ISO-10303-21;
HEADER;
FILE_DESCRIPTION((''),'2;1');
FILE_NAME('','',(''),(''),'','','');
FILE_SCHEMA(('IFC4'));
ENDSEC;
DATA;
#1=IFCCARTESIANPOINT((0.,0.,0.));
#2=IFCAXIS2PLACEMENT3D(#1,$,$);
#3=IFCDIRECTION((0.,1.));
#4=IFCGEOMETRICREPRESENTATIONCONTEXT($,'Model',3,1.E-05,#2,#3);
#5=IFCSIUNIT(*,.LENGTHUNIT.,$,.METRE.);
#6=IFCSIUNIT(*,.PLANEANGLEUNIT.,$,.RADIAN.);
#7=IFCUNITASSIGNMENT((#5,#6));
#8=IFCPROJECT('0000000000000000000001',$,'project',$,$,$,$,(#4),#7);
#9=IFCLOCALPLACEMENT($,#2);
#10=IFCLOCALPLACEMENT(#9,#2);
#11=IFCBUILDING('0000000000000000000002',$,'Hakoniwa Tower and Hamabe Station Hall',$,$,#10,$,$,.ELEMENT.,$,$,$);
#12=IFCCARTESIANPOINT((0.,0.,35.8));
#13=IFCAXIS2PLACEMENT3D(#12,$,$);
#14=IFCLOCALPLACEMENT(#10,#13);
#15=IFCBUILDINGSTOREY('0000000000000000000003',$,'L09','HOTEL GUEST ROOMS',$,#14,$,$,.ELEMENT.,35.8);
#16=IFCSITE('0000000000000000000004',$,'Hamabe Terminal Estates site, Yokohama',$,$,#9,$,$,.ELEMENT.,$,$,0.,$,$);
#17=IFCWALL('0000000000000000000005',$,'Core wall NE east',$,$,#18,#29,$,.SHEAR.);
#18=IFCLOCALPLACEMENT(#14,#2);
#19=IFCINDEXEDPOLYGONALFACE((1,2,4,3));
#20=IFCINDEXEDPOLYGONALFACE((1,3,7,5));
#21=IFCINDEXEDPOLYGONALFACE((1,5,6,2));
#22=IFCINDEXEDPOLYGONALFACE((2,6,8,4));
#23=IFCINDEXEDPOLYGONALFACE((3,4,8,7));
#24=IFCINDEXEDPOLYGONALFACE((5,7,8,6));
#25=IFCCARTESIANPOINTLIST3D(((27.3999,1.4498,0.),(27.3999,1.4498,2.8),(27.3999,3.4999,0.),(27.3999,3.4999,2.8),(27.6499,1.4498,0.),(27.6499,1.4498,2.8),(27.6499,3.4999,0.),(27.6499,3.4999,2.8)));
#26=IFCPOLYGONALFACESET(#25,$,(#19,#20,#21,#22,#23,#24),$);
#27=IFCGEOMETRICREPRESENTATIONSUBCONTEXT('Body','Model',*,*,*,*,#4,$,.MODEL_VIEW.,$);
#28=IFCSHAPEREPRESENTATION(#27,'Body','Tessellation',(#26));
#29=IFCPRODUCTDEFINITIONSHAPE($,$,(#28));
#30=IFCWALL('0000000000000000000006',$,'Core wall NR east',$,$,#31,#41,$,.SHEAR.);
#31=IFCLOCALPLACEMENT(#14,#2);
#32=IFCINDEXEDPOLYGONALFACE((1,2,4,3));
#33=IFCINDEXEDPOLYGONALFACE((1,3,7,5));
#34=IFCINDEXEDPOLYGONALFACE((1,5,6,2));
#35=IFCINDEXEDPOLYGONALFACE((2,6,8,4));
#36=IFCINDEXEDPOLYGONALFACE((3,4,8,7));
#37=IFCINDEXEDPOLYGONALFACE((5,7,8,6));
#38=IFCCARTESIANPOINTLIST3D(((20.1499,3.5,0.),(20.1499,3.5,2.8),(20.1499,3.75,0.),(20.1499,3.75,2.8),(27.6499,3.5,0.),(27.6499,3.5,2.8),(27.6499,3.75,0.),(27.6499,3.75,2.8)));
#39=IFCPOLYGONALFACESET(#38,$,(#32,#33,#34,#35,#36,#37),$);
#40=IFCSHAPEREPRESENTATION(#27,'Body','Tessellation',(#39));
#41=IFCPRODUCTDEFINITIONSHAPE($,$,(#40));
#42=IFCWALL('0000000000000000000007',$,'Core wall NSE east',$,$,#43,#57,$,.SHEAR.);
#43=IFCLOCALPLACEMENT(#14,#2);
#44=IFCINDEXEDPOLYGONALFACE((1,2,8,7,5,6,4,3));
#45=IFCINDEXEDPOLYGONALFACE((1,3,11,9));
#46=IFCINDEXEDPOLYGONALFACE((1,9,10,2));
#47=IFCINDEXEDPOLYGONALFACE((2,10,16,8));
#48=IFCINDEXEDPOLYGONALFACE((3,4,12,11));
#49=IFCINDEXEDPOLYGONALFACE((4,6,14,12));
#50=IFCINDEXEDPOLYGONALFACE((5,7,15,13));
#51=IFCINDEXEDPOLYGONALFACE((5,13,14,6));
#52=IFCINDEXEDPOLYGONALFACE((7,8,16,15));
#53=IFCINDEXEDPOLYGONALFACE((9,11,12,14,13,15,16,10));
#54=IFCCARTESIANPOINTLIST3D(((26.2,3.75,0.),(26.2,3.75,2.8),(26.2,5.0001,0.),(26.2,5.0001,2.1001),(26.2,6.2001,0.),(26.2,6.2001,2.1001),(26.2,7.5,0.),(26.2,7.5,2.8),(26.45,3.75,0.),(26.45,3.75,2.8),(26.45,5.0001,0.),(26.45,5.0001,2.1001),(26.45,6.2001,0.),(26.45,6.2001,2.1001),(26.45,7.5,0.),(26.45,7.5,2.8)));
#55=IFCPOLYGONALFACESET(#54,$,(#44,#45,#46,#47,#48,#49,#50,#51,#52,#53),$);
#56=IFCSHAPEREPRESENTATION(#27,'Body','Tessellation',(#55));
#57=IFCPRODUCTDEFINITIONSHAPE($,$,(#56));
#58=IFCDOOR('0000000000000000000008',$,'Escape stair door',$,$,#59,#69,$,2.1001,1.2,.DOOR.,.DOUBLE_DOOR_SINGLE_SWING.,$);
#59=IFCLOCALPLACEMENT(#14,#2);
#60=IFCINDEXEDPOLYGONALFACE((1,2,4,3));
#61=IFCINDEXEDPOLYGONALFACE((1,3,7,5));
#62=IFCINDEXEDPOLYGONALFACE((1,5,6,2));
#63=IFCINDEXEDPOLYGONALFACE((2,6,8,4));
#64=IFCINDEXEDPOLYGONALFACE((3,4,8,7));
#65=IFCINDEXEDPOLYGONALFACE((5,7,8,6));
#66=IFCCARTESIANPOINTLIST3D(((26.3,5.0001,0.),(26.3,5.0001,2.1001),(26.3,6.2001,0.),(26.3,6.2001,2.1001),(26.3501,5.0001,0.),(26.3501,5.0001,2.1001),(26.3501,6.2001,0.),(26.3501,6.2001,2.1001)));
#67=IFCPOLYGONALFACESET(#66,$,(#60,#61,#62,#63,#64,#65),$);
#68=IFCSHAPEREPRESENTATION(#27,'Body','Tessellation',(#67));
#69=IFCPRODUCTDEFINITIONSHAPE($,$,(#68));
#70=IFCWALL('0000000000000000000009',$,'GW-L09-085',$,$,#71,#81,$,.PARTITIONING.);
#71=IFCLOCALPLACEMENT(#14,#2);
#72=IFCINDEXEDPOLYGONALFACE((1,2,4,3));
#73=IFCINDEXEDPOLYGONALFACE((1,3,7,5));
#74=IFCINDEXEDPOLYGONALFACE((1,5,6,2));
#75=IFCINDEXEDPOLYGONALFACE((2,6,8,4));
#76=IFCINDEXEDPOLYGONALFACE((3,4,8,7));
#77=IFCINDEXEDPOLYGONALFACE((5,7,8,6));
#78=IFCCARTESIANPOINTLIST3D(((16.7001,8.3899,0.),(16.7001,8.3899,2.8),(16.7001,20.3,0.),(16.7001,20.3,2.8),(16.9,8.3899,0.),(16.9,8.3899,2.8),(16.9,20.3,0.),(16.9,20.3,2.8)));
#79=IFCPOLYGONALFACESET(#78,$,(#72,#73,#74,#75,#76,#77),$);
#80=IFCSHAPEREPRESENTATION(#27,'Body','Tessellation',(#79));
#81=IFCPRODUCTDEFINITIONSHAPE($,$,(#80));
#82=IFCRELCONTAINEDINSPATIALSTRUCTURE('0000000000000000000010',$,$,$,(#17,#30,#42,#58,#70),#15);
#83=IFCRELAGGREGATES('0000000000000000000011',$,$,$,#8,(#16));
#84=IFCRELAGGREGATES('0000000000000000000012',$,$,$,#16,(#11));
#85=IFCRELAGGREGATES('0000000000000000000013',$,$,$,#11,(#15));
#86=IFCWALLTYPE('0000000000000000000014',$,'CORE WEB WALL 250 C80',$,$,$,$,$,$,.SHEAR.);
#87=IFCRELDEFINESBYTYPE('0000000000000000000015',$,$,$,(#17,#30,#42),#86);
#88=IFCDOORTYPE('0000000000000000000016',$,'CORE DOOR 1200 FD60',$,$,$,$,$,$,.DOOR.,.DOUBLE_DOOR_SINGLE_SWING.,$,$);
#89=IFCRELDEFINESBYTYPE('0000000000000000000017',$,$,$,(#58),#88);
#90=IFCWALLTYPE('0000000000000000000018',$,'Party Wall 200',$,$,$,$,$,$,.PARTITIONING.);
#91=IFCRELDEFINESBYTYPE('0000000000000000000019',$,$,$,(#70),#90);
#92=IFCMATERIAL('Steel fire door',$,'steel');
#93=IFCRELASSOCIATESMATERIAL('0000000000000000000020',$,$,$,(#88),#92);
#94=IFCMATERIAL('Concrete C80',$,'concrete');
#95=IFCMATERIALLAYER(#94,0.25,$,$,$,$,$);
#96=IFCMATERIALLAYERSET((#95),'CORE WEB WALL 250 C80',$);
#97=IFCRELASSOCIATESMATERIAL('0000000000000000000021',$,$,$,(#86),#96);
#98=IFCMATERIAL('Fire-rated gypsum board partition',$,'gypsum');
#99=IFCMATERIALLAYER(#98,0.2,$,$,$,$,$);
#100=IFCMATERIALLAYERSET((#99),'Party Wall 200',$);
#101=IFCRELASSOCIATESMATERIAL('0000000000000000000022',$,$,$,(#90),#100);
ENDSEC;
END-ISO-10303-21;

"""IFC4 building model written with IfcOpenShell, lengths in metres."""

from ifc_helpers import new_model, si_unit, direction, frame, frame_2d, origin, place, context, subcontext, project, spatial, rectangle, extrude, material, layer, layer_set, type_object, element, fill, save


model = new_model("IFC4")

# Units and contexts
model_context = context("Model", 3, precision=1e-05, world=origin(), true_north=direction((0.0, 1.0)))
body_context = subcontext(model_context, "Body", "Model", "MODEL_VIEW")
ifc_project = project(units=[si_unit("LENGTHUNIT", "METRE"), si_unit("PLANEANGLEUNIT", "RADIAN")], contexts=[model_context])

# Site, building, storey
site_placement = place(None, origin())
site = spatial("IfcSite", under=ifc_project, at=site_placement, Name="Hamabe Terminal Estates site, Yokohama", CompositionType="ELEMENT", RefElevation=0.0)
building_placement = place(site_placement, origin())
building = spatial("IfcBuilding", under=site, at=building_placement, Name="Hakoniwa Tower and Hamabe Station Hall", CompositionType="ELEMENT")
storey_placement = place(building_placement, frame((0.0, 0.0, 35.8)))
storey = spatial("IfcBuildingStorey", under=building, at=storey_placement, Name="L09", Description="HOTEL GUEST ROOMS", CompositionType="ELEMENT", Elevation=35.8)

# Shared definitions
ifc_material_1 = material(Name="Steel fire door", Category="steel")
door_type_1 = type_object("IfcDoorType", Name="CORE DOOR 1200 FD60", OperationType="DOUBLE_DOOR_SINGLE_SWING", PredefinedType="DOOR", material=ifc_material_1)

# Shared definitions
ifc_material_2 = material(Name="Concrete C80", Category="concrete")
ifc_layer_1 = layer(ifc_material_2, 0.25)
ifc_layer_set_1 = layer_set([ifc_layer_1], Name="CORE WEB WALL 250 C80")
wall_type_1 = type_object("IfcWallType", Name="CORE WEB WALL 250 C80", PredefinedType="SHEAR", material=ifc_layer_set_1)

# Walls
wall_1_placement = place(storey_placement, frame((27.5249, 1.45, 0.0), z_axis=(0.0, 0.0, 1.0), x_axis=(0.0, 1.0, 0.0)))
element("IfcWall", 1, at=wall_1_placement, inside=storey, type_object=wall_type_1, Name="Core wall NE east", PredefinedType="SHEAR", context=body_context, shape_type="SweptSolid", body=[
    extrude(rectangle(XDim=2.05, YDim=0.25, at=frame_2d((1.0249, 0.0))), origin(), (0.0, 0.0, 1.0), 2.8),
])
wall_2_placement = place(storey_placement, frame((20.1499, 3.625, 0.0), z_axis=(0.0, 0.0, 1.0), x_axis=(1.0, 0.0, 0.0)))
element("IfcWall", 2, at=wall_2_placement, inside=storey, type_object=wall_type_1, Name="Core wall NR east", PredefinedType="SHEAR", context=body_context, shape_type="SweptSolid", body=[
    extrude(rectangle(XDim=7.5, YDim=0.25, at=frame_2d((3.75, 0.0))), origin(), (0.0, 0.0, 1.0), 2.8),
])

# Wall, opening, door
wall_3_placement = place(storey_placement, frame((26.325, 3.75, 0.0), z_axis=(0.0, 0.0, 1.0), x_axis=(0.0, 1.0, 0.0)))
wall_3 = element("IfcWall", 3, at=wall_3_placement, inside=storey, type_object=wall_type_1, Name="Core wall NSE east", PredefinedType="SHEAR", context=body_context, shape_type="SweptSolid", body=[
    extrude(rectangle(XDim=3.75, YDim=0.25, at=frame_2d((1.875, 0.0))), origin(), (0.0, 0.0, 1.0), 2.8),
])
opening_1_placement = place(wall_3_placement, frame((1.25, 0.0, 0.0)))
opening_1 = element("IfcOpeningElement", 4, at=opening_1_placement, cuts=wall_3, PredefinedType="OPENING", context=body_context, shape_type="SweptSolid", body=[
    extrude(rectangle(XDim=1.2, YDim=2.1001, at=frame_2d((0.6001, 1.05))), frame((0.0, 0.135, 0.0), z_axis=(0.0, -1.0, 0.0), x_axis=(1.0, 0.0, 0.0)), (0.0, 0.0, 1.0), 0.27),
])
door_1_placement = place(opening_1_placement, origin())
door_1 = element("IfcDoor", 5, at=door_1_placement, inside=storey, type_object=door_type_1, Name="Escape stair door", OperationType="DOUBLE_DOOR_SINGLE_SWING", OverallHeight=2.1001, OverallWidth=1.2, PredefinedType="DOOR", context=body_context, shape_type="SweptSolid", body=[
    extrude(rectangle(XDim=1.2, YDim=2.1001, at=frame_2d((0.6001, 1.05))), frame((0.0, 0.0249, 0.0), z_axis=(0.0, -1.0, 0.0), x_axis=(1.0, 0.0, 0.0)), (0.0, 0.0, 1.0), 0.05),
])
fill(opening_1, door_1)

# Wall
ifc_material_3 = material(Name="Fire-rated gypsum board partition", Category="gypsum")
ifc_layer_2 = layer(ifc_material_3, 0.2)
ifc_layer_set_2 = layer_set([ifc_layer_2], Name="Party Wall 200")
wall_type_2 = type_object("IfcWallType", Name="Party Wall 200", PredefinedType="PARTITIONING", material=ifc_layer_set_2)
wall_4_placement = place(storey_placement, frame((16.8, 8.3899, 0.0), z_axis=(0.0, 0.0, 1.0), x_axis=(0.0, 1.0, 0.0)))
element("IfcWall", 6, at=wall_4_placement, inside=storey, type_object=wall_type_2, Name="GW-L09-085", PredefinedType="PARTITIONING", context=body_context, shape_type="SweptSolid", body=[
    extrude(rectangle(XDim=11.9102, YDim=0.2, at=frame_2d((5.9551, 0.0))), origin(), (0.0, 0.0, 1.0), 2.8),
])

save(model, "model.ifc")
